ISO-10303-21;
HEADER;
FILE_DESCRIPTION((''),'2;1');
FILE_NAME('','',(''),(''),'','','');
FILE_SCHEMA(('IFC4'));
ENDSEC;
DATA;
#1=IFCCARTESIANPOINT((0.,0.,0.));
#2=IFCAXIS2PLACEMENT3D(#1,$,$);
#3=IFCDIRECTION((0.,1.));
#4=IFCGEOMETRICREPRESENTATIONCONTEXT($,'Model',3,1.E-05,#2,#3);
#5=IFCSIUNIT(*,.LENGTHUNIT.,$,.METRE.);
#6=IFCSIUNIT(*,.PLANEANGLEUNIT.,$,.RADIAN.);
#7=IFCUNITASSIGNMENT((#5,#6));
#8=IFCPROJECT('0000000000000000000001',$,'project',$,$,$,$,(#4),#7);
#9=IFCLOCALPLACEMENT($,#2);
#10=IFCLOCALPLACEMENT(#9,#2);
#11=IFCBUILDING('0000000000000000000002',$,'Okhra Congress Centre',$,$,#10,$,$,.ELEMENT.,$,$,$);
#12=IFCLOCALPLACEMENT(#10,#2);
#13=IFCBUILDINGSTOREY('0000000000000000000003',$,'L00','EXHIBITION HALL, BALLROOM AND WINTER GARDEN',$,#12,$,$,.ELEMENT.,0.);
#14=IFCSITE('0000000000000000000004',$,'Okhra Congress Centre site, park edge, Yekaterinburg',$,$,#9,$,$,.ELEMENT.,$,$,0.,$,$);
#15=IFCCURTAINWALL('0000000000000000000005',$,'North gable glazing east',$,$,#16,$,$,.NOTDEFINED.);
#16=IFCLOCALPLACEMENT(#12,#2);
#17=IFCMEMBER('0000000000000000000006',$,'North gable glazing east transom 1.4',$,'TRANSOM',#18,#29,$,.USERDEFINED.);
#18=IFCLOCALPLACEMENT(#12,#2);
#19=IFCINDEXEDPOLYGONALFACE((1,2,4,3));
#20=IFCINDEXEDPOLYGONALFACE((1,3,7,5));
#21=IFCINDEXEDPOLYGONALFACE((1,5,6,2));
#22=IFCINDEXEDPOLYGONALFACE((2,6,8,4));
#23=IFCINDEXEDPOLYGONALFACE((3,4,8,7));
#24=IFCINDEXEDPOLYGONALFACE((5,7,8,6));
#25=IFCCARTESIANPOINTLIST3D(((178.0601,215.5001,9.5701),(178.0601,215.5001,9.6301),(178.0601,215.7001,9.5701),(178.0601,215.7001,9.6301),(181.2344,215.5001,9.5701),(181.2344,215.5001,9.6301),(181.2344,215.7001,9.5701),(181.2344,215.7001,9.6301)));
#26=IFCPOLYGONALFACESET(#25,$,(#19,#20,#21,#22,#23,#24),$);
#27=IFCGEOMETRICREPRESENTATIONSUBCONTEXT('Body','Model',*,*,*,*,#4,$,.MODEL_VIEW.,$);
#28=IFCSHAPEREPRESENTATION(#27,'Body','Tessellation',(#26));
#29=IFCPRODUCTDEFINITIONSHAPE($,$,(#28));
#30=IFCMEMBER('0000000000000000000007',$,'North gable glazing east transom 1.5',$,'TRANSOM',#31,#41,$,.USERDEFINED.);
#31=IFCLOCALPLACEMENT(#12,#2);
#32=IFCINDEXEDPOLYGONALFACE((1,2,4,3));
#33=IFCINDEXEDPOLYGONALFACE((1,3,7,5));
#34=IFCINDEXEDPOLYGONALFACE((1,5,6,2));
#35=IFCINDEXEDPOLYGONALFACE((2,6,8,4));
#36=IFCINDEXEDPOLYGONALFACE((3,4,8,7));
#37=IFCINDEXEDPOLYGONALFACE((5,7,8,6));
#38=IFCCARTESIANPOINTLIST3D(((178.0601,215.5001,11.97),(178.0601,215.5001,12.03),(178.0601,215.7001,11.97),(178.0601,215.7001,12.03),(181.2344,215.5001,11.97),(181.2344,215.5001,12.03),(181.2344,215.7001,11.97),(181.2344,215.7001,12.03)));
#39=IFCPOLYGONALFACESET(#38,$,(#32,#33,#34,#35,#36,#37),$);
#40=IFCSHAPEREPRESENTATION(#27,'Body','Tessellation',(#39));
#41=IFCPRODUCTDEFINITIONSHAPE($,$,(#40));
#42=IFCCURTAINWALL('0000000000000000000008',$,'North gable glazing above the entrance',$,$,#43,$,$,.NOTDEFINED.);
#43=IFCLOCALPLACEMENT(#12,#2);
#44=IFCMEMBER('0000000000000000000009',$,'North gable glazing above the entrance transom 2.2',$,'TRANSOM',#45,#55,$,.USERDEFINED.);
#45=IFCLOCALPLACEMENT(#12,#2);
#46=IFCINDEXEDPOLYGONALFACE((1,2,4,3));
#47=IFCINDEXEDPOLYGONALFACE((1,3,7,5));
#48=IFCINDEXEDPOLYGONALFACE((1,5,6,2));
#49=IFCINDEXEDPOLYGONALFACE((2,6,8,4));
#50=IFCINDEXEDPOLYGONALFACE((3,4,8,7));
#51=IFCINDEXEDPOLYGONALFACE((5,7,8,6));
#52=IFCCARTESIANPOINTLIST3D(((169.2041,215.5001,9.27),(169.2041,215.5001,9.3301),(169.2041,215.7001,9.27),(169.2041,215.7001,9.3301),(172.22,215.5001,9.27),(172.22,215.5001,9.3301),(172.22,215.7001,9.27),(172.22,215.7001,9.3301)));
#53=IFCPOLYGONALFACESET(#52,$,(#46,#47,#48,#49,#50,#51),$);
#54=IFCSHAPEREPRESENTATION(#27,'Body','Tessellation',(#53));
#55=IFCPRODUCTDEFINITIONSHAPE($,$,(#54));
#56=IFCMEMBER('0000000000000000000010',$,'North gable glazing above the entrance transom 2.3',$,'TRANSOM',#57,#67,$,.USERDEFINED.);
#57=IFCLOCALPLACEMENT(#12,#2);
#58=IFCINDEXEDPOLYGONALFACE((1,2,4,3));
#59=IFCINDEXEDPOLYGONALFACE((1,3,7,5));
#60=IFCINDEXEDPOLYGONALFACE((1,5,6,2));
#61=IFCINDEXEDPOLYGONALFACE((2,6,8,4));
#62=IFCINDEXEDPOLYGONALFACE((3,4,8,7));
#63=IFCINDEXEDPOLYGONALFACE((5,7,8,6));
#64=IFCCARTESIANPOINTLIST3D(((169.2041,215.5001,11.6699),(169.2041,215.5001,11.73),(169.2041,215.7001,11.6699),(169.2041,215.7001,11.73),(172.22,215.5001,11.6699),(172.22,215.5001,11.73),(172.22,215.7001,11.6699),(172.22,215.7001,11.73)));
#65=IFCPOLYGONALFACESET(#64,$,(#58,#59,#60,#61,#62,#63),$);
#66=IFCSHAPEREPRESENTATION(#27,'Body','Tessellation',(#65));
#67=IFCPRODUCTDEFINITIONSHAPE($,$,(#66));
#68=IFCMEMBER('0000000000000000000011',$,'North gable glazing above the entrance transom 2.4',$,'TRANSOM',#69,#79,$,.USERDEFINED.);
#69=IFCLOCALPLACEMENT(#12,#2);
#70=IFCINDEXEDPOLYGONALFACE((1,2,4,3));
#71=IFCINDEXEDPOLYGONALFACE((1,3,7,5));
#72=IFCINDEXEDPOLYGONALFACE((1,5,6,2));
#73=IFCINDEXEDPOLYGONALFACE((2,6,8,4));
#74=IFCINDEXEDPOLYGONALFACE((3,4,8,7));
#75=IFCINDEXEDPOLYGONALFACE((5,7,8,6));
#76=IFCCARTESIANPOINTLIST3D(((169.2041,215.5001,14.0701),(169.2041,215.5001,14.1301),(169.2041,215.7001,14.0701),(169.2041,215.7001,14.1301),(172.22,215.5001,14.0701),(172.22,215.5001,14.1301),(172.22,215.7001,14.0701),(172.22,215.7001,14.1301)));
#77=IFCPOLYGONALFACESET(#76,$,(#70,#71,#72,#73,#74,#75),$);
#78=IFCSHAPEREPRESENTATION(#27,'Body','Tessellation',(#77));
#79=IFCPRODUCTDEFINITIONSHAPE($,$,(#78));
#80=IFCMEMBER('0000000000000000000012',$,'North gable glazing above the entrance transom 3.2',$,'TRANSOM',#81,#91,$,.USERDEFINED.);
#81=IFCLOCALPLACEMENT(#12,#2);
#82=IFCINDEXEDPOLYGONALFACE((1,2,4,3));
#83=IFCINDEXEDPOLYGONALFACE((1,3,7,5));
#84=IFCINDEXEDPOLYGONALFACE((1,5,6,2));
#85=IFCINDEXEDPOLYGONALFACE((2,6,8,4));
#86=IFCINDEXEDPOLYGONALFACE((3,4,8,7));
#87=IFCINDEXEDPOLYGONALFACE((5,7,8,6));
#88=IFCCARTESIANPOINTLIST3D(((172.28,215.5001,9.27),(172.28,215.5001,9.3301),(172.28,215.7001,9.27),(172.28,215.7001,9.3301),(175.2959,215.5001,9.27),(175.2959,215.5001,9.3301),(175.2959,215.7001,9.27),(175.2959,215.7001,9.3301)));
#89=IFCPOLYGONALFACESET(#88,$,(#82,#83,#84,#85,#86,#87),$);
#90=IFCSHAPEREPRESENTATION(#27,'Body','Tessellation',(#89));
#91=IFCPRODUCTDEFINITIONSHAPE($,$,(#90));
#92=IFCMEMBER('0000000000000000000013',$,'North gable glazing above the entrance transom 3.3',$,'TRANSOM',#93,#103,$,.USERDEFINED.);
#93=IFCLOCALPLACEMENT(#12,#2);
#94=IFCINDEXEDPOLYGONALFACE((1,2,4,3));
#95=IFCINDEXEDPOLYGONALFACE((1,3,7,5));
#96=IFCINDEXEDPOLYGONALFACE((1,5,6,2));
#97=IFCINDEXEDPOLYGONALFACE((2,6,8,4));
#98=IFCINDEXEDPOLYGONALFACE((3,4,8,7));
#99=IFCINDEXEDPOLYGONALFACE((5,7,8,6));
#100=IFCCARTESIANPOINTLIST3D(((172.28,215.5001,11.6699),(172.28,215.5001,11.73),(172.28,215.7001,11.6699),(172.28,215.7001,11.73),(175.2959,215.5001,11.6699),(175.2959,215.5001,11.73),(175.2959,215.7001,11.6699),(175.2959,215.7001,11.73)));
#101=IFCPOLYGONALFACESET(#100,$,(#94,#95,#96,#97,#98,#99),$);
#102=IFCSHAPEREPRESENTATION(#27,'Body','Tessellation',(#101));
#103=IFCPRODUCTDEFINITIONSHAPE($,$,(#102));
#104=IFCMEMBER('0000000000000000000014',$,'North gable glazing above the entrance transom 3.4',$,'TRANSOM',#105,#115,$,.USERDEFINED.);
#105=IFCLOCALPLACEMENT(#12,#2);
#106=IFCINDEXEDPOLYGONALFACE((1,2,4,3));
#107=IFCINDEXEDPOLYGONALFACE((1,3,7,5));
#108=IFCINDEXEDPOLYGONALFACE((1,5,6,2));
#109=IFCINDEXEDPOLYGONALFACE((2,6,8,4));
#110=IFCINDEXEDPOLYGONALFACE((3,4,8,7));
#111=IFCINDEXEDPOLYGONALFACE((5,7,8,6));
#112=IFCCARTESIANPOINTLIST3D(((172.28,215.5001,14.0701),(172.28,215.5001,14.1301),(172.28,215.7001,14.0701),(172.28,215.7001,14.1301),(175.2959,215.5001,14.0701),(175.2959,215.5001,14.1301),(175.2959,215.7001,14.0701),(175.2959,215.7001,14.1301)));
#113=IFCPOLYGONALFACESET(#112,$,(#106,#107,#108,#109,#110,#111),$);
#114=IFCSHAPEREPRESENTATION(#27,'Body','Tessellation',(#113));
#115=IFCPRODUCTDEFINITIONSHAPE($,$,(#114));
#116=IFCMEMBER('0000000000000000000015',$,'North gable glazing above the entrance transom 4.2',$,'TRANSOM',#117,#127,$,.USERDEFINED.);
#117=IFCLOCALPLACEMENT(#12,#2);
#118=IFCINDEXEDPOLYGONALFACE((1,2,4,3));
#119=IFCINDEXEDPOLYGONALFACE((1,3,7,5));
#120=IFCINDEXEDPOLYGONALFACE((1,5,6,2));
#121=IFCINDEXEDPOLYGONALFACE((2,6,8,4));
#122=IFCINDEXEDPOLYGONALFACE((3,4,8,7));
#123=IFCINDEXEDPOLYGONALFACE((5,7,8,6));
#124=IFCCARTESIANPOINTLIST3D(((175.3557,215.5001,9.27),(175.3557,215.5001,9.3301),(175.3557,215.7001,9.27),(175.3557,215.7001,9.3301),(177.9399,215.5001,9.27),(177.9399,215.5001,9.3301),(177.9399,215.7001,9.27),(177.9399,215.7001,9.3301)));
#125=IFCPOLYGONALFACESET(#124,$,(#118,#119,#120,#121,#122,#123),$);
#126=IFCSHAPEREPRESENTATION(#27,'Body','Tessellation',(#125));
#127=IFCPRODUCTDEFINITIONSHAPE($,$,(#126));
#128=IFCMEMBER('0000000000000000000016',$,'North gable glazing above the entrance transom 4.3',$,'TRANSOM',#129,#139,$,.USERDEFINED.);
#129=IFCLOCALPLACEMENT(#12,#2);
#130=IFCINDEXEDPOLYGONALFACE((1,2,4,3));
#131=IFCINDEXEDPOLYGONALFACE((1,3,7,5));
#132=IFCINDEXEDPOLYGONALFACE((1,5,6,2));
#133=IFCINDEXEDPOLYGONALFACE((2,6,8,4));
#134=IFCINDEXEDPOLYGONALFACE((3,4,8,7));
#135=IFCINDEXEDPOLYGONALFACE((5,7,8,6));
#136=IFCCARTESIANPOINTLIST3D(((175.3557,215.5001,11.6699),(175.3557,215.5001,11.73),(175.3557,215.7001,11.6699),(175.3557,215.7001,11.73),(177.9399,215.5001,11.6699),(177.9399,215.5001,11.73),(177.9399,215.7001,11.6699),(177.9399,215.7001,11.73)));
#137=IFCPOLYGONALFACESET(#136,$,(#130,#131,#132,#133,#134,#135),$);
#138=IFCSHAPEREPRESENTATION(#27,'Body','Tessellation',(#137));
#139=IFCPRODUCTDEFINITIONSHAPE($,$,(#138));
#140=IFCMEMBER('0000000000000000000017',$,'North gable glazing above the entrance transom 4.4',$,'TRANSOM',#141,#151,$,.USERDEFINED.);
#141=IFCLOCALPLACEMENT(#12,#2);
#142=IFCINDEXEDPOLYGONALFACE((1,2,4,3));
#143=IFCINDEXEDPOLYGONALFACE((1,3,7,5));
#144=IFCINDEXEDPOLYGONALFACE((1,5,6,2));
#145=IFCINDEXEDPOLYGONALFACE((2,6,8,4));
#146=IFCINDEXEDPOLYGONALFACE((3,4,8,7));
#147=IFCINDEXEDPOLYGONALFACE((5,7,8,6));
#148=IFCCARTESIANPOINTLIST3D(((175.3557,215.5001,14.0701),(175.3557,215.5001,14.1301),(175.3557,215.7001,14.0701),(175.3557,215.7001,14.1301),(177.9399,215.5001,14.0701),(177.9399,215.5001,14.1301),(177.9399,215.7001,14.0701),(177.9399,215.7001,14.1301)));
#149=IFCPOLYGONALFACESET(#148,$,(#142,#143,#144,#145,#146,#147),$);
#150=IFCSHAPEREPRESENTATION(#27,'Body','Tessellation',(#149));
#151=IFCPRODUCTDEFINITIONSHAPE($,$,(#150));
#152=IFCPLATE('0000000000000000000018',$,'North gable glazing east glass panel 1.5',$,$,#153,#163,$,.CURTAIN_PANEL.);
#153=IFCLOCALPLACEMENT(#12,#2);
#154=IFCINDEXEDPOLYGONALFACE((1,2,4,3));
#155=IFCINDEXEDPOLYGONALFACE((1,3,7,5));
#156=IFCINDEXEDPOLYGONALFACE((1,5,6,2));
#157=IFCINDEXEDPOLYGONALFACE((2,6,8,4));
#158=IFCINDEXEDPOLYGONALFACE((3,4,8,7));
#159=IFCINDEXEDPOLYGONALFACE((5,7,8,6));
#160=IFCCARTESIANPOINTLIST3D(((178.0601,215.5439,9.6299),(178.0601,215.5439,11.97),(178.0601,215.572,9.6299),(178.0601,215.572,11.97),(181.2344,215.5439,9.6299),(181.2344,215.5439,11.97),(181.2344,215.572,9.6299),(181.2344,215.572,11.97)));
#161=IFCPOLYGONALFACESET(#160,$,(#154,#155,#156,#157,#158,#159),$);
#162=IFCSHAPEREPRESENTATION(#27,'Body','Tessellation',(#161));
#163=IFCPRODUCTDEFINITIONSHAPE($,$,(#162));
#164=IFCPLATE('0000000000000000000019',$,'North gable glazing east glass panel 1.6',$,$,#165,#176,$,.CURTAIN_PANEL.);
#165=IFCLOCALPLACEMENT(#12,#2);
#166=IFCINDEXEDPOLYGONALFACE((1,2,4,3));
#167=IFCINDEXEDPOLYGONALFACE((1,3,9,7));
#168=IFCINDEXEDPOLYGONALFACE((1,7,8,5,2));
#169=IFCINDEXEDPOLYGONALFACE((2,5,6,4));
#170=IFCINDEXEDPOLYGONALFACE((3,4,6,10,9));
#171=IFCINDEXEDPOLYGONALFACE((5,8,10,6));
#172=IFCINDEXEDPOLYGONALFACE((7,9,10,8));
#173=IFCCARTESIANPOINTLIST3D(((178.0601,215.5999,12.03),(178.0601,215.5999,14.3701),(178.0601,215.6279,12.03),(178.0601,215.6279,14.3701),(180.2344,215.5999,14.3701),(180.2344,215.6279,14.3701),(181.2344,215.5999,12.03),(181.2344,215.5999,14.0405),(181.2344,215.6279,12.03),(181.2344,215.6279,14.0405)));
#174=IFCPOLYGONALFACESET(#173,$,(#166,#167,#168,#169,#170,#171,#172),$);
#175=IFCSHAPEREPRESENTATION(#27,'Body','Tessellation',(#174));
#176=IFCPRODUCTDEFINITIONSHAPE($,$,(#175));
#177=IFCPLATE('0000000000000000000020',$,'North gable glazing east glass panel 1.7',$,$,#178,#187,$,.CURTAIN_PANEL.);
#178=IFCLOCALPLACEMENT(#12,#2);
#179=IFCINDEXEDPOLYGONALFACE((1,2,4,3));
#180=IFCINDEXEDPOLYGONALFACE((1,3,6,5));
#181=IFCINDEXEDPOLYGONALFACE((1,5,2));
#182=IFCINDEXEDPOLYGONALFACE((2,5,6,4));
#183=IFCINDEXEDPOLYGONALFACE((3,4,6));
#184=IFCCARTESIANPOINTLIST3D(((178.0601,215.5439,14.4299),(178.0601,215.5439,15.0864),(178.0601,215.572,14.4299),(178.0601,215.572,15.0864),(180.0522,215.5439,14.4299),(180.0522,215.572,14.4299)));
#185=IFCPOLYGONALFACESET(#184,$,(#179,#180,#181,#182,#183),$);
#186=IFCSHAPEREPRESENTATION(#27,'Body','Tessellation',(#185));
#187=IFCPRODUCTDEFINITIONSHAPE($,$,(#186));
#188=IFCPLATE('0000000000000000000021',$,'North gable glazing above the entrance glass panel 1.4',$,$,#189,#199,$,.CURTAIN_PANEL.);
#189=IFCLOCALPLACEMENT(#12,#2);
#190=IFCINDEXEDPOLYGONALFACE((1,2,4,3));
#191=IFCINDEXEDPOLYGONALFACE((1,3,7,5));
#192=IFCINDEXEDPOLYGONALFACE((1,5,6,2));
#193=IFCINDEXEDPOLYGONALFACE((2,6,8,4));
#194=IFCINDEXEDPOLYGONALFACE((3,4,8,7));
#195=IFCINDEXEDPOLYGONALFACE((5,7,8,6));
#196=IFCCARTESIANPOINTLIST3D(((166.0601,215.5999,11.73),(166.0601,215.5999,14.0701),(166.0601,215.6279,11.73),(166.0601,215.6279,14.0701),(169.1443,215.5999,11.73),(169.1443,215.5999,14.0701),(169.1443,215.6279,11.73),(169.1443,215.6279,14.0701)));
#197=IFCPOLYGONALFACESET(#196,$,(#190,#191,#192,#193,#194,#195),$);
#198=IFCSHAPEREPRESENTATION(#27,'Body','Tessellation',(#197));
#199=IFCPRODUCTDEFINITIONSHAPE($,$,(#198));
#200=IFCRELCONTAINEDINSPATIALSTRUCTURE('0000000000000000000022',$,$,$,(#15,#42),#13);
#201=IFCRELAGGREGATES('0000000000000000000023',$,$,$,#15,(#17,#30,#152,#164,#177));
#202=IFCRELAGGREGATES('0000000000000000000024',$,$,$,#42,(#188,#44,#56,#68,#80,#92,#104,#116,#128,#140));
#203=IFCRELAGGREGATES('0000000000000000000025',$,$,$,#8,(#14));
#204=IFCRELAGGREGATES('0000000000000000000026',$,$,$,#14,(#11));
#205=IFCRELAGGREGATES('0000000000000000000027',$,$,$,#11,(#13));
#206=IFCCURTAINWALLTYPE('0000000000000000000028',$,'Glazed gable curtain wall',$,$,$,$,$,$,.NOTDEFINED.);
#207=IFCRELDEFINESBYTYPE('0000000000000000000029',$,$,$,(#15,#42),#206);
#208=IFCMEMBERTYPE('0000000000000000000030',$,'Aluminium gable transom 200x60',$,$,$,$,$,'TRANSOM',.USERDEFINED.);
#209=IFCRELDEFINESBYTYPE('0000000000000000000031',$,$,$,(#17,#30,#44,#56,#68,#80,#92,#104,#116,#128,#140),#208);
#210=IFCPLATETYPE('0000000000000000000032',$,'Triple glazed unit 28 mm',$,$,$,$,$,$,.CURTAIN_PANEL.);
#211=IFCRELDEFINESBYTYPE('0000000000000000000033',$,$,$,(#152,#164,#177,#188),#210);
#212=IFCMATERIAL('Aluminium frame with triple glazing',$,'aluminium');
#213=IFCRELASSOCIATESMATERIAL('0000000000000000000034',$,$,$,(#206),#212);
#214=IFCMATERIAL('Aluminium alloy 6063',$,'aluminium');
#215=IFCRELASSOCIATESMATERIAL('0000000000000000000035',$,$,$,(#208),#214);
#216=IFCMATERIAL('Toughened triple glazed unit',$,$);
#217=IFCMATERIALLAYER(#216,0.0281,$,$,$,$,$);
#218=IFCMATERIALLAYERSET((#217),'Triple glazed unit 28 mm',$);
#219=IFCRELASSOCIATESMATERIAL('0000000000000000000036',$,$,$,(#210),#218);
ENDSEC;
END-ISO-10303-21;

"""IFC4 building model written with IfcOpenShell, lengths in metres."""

from ifc_helpers import new_model, si_unit, direction, frame, origin, origin_2d, place, context, subcontext, project, spatial, polyline, rectangle, outline, extrude, material, layer, layer_set, material_profile, profile_set, type_object, element, aggregate, save


model = new_model("IFC4")

# Units and contexts
model_context = context("Model", 3, precision=1e-05, world=origin(), true_north=direction((0.0, 1.0)))
body_context = subcontext(model_context, "Body", "Model", "MODEL_VIEW")
ifc_project = project(units=[si_unit("LENGTHUNIT", "METRE"), si_unit("PLANEANGLEUNIT", "RADIAN")], contexts=[model_context])

# Site, building, storey
site_placement = place(None, origin())
site = spatial("IfcSite", under=ifc_project, at=site_placement, Name="Okhra Congress Centre site, park edge, Yekaterinburg", CompositionType="ELEMENT", RefElevation=0.0)
building_placement = place(site_placement, origin())
building = spatial("IfcBuilding", under=site, at=building_placement, Name="Okhra Congress Centre", CompositionType="ELEMENT")
storey_placement = place(building_placement, origin())
storey = spatial("IfcBuildingStorey", under=building, at=storey_placement, Name="L00", Description="EXHIBITION HALL, BALLROOM AND WINTER GARDEN", CompositionType="ELEMENT", Elevation=0.0)

# Curtain walls, members
ifc_material_1 = material(Name="Aluminium frame with triple glazing", Category="aluminium")
curtain_wall_type = type_object("IfcCurtainWallType", Name="Glazed gable curtain wall", PredefinedType="NOTDEFINED", material=ifc_material_1)
curtain_wall_1_placement = place(storey_placement, origin())
curtain_wall_1 = element("IfcCurtainWall", 1, at=curtain_wall_1_placement, inside=storey, type_object=curtain_wall_type, Name="North gable glazing east", PredefinedType="NOTDEFINED")
ifc_material_2 = material(Name="Aluminium alloy 6063", Category="aluminium")
ifc_material_profile = material_profile(ifc_material_2, rectangle(XDim=0.2, YDim=0.0601, at=origin_2d()), Name="AL 200x60 gable transom")
ifc_profile_set = profile_set([ifc_material_profile], Name="Aluminium alloy 6063")
member_type = type_object("IfcMemberType", Name="Aluminium gable transom 200x60", ElementType="TRANSOM", PredefinedType="USERDEFINED", material=ifc_profile_set)
member_1_placement = place(storey_placement, frame((178.0601, 215.6001, 9.6001), z_axis=(1.0, 0.0, 0.0), x_axis=(0.0, 1.0, 0.0)))
member_1 = element("IfcMember", 2, at=member_1_placement, type_object=member_type, Name="North gable glazing east transom 1.4", ObjectType="TRANSOM", PredefinedType="USERDEFINED", context=body_context, shape_type="SweptSolid", body=[
    extrude(rectangle(XDim=0.2, YDim=0.0601, at=origin_2d()), origin(), (0.0, 0.0, 1.0), 3.1743),
])
member_2_placement = place(storey_placement, frame((178.0601, 215.6001, 12.0), z_axis=(1.0, 0.0, 0.0), x_axis=(0.0, 1.0, 0.0)))
member_2 = element("IfcMember", 3, at=member_2_placement, type_object=member_type, Name="North gable glazing east transom 1.5", ObjectType="TRANSOM", PredefinedType="USERDEFINED", context=body_context, shape_type="SweptSolid", body=[
    extrude(rectangle(XDim=0.2, YDim=0.0601, at=origin_2d()), origin(), (0.0, 0.0, 1.0), 3.1743),
])
curtain_wall_2_placement = place(storey_placement, origin())
curtain_wall_2 = element("IfcCurtainWall", 4, at=curtain_wall_2_placement, inside=storey, type_object=curtain_wall_type, Name="North gable glazing above the entrance", PredefinedType="NOTDEFINED")
member_3_placement = place(storey_placement, frame((169.2041, 215.6001, 9.3), z_axis=(1.0, 0.0, 0.0), x_axis=(0.0, 1.0, 0.0)))
member_3 = element("IfcMember", 5, at=member_3_placement, type_object=member_type, Name="North gable glazing above the entrance transom 2.2", ObjectType="TRANSOM", PredefinedType="USERDEFINED", context=body_context, shape_type="SweptSolid", body=[
    extrude(rectangle(XDim=0.2, YDim=0.0601, at=origin_2d()), origin(), (0.0, 0.0, 1.0), 3.0159),
])
member_4_placement = place(storey_placement, frame((169.2041, 215.6001, 11.7), z_axis=(1.0, 0.0, 0.0), x_axis=(0.0, 1.0, 0.0)))
member_4 = element("IfcMember", 6, at=member_4_placement, type_object=member_type, Name="North gable glazing above the entrance transom 2.3", ObjectType="TRANSOM", PredefinedType="USERDEFINED", context=body_context, shape_type="SweptSolid", body=[
    extrude(rectangle(XDim=0.2, YDim=0.0601, at=origin_2d()), origin(), (0.0, 0.0, 1.0), 3.0159),
])
member_5_placement = place(storey_placement, frame((169.2041, 215.6001, 14.1001), z_axis=(1.0, 0.0, 0.0), x_axis=(0.0, 1.0, 0.0)))
member_5 = element("IfcMember", 7, at=member_5_placement, type_object=member_type, Name="North gable glazing above the entrance transom 2.4", ObjectType="TRANSOM", PredefinedType="USERDEFINED", context=body_context, shape_type="SweptSolid", body=[
    extrude(rectangle(XDim=0.2, YDim=0.0601, at=origin_2d()), origin(), (0.0, 0.0, 1.0), 3.0159),
])
member_6_placement = place(storey_placement, frame((172.28, 215.6001, 9.3), z_axis=(1.0, 0.0, 0.0), x_axis=(0.0, 1.0, 0.0)))
member_6 = element("IfcMember", 8, at=member_6_placement, type_object=member_type, Name="North gable glazing above the entrance transom 3.2", ObjectType="TRANSOM", PredefinedType="USERDEFINED", context=body_context, shape_type="SweptSolid", body=[
    extrude(rectangle(XDim=0.2, YDim=0.0601, at=origin_2d()), origin(), (0.0, 0.0, 1.0), 3.0159),
])
member_7_placement = place(storey_placement, frame((172.28, 215.6001, 11.7), z_axis=(1.0, 0.0, 0.0), x_axis=(0.0, 1.0, 0.0)))
member_7 = element("IfcMember", 9, at=member_7_placement, type_object=member_type, Name="North gable glazing above the entrance transom 3.3", ObjectType="TRANSOM", PredefinedType="USERDEFINED", context=body_context, shape_type="SweptSolid", body=[
    extrude(rectangle(XDim=0.2, YDim=0.0601, at=origin_2d()), origin(), (0.0, 0.0, 1.0), 3.0159),
])
member_8_placement = place(storey_placement, frame((172.28, 215.6001, 14.1001), z_axis=(1.0, 0.0, 0.0), x_axis=(0.0, 1.0, 0.0)))
member_8 = element("IfcMember", 10, at=member_8_placement, type_object=member_type, Name="North gable glazing above the entrance transom 3.4", ObjectType="TRANSOM", PredefinedType="USERDEFINED", context=body_context, shape_type="SweptSolid", body=[
    extrude(rectangle(XDim=0.2, YDim=0.0601, at=origin_2d()), origin(), (0.0, 0.0, 1.0), 3.0159),
])
member_9_placement = place(storey_placement, frame((175.3557, 215.6001, 9.3), z_axis=(1.0, 0.0, 0.0), x_axis=(0.0, 1.0, 0.0)))
member_9 = element("IfcMember", 11, at=member_9_placement, type_object=member_type, Name="North gable glazing above the entrance transom 4.2", ObjectType="TRANSOM", PredefinedType="USERDEFINED", context=body_context, shape_type="SweptSolid", body=[
    extrude(rectangle(XDim=0.2, YDim=0.0601, at=origin_2d()), origin(), (0.0, 0.0, 1.0), 2.5842),
])
member_10_placement = place(storey_placement, frame((175.3557, 215.6001, 11.7), z_axis=(1.0, 0.0, 0.0), x_axis=(0.0, 1.0, 0.0)))
member_10 = element("IfcMember", 12, at=member_10_placement, type_object=member_type, Name="North gable glazing above the entrance transom 4.3", ObjectType="TRANSOM", PredefinedType="USERDEFINED", context=body_context, shape_type="SweptSolid", body=[
    extrude(rectangle(XDim=0.2, YDim=0.0601, at=origin_2d()), origin(), (0.0, 0.0, 1.0), 2.5842),
])
member_11_placement = place(storey_placement, frame((175.3557, 215.6001, 14.1001), z_axis=(1.0, 0.0, 0.0), x_axis=(0.0, 1.0, 0.0)))
member_11 = element("IfcMember", 13, at=member_11_placement, type_object=member_type, Name="North gable glazing above the entrance transom 4.4", ObjectType="TRANSOM", PredefinedType="USERDEFINED", context=body_context, shape_type="SweptSolid", body=[
    extrude(rectangle(XDim=0.2, YDim=0.0601, at=origin_2d()), origin(), (0.0, 0.0, 1.0), 2.5842),
])

# Plates
ifc_material_3 = material(Name="Toughened triple glazed unit")
ifc_layer = layer(ifc_material_3, 0.0281)
ifc_layer_set = layer_set([ifc_layer], Name="Triple glazed unit 28 mm")
plate_type = type_object("IfcPlateType", Name="Triple glazed unit 28 mm", PredefinedType="CURTAIN_PANEL", material=ifc_layer_set)
plate_1_placement = place(storey_placement, frame((181.2344, 215.572, 9.6299), z_axis=(0.0, 1.0, 0.0), x_axis=(-1.0, 0.0, 0.0)))
plate_1 = element("IfcPlate", 14, at=plate_1_placement, type_object=plate_type, Name="North gable glazing east glass panel 1.5", PredefinedType="CURTAIN_PANEL", context=body_context, shape_type="SweptSolid", body=[
    extrude(outline(polyline([(0.0, 0.0), (3.1743, 0.0), (3.1743, 2.3401), (0.0, 2.3401), (0.0, 0.0)])), origin(), (0.0, 0.0, -1.0), 0.0281),
])
plate_2_placement = place(storey_placement, frame((181.2344, 215.6279, 12.03), z_axis=(0.0, 1.0, 0.0), x_axis=(-1.0, 0.0, 0.0)))
plate_2 = element("IfcPlate", 15, at=plate_2_placement, type_object=plate_type, Name="North gable glazing east glass panel 1.6", PredefinedType="CURTAIN_PANEL", context=body_context, shape_type="SweptSolid", body=[
    extrude(outline(polyline([(0.0, 0.0), (3.1743, 0.0), (3.1743, 2.3401), (1.0, 2.3401), (0.0, 2.0105), (0.0, 0.0)])), origin(), (0.0, 0.0, -1.0), 0.0281),
])
plate_3_placement = place(storey_placement, frame((178.0601, 215.572, 15.0864), z_axis=(0.0, 1.0, 0.0), x_axis=(0.94976, 0.0, -0.312979)))
plate_3 = element("IfcPlate", 16, at=plate_3_placement, type_object=plate_type, Name="North gable glazing east glass panel 1.7", PredefinedType="CURTAIN_PANEL", context=body_context, shape_type="SweptSolid", body=[
    extrude(outline(polyline([(0.0, 0.0), (2.0976, 0.0), (0.2055, 0.6235), (0.0, 0.0)])), origin(), (0.0, 0.0, -1.0), 0.0281),
])
aggregate(curtain_wall_1, [member_1, member_2, plate_1, plate_2, plate_3])
plate_4_placement = place(storey_placement, frame((169.1443, 215.6279, 11.73), z_axis=(0.0, 1.0, 0.0), x_axis=(-1.0, 0.0, 0.0)))
plate_4 = element("IfcPlate", 17, at=plate_4_placement, type_object=plate_type, Name="North gable glazing above the entrance glass panel 1.4", PredefinedType="CURTAIN_PANEL", context=body_context, shape_type="SweptSolid", body=[
    extrude(outline(polyline([(0.0, 0.0), (3.0842, 0.0), (3.0842, 2.3401), (0.0, 2.3401), (0.0, 0.0)])), origin(), (0.0, 0.0, -1.0), 0.0281),
])
aggregate(curtain_wall_2, [plate_4, member_3, member_4, member_5, member_6, member_7, member_8, member_9, member_10, member_11])

save(model, "model.ifc")
